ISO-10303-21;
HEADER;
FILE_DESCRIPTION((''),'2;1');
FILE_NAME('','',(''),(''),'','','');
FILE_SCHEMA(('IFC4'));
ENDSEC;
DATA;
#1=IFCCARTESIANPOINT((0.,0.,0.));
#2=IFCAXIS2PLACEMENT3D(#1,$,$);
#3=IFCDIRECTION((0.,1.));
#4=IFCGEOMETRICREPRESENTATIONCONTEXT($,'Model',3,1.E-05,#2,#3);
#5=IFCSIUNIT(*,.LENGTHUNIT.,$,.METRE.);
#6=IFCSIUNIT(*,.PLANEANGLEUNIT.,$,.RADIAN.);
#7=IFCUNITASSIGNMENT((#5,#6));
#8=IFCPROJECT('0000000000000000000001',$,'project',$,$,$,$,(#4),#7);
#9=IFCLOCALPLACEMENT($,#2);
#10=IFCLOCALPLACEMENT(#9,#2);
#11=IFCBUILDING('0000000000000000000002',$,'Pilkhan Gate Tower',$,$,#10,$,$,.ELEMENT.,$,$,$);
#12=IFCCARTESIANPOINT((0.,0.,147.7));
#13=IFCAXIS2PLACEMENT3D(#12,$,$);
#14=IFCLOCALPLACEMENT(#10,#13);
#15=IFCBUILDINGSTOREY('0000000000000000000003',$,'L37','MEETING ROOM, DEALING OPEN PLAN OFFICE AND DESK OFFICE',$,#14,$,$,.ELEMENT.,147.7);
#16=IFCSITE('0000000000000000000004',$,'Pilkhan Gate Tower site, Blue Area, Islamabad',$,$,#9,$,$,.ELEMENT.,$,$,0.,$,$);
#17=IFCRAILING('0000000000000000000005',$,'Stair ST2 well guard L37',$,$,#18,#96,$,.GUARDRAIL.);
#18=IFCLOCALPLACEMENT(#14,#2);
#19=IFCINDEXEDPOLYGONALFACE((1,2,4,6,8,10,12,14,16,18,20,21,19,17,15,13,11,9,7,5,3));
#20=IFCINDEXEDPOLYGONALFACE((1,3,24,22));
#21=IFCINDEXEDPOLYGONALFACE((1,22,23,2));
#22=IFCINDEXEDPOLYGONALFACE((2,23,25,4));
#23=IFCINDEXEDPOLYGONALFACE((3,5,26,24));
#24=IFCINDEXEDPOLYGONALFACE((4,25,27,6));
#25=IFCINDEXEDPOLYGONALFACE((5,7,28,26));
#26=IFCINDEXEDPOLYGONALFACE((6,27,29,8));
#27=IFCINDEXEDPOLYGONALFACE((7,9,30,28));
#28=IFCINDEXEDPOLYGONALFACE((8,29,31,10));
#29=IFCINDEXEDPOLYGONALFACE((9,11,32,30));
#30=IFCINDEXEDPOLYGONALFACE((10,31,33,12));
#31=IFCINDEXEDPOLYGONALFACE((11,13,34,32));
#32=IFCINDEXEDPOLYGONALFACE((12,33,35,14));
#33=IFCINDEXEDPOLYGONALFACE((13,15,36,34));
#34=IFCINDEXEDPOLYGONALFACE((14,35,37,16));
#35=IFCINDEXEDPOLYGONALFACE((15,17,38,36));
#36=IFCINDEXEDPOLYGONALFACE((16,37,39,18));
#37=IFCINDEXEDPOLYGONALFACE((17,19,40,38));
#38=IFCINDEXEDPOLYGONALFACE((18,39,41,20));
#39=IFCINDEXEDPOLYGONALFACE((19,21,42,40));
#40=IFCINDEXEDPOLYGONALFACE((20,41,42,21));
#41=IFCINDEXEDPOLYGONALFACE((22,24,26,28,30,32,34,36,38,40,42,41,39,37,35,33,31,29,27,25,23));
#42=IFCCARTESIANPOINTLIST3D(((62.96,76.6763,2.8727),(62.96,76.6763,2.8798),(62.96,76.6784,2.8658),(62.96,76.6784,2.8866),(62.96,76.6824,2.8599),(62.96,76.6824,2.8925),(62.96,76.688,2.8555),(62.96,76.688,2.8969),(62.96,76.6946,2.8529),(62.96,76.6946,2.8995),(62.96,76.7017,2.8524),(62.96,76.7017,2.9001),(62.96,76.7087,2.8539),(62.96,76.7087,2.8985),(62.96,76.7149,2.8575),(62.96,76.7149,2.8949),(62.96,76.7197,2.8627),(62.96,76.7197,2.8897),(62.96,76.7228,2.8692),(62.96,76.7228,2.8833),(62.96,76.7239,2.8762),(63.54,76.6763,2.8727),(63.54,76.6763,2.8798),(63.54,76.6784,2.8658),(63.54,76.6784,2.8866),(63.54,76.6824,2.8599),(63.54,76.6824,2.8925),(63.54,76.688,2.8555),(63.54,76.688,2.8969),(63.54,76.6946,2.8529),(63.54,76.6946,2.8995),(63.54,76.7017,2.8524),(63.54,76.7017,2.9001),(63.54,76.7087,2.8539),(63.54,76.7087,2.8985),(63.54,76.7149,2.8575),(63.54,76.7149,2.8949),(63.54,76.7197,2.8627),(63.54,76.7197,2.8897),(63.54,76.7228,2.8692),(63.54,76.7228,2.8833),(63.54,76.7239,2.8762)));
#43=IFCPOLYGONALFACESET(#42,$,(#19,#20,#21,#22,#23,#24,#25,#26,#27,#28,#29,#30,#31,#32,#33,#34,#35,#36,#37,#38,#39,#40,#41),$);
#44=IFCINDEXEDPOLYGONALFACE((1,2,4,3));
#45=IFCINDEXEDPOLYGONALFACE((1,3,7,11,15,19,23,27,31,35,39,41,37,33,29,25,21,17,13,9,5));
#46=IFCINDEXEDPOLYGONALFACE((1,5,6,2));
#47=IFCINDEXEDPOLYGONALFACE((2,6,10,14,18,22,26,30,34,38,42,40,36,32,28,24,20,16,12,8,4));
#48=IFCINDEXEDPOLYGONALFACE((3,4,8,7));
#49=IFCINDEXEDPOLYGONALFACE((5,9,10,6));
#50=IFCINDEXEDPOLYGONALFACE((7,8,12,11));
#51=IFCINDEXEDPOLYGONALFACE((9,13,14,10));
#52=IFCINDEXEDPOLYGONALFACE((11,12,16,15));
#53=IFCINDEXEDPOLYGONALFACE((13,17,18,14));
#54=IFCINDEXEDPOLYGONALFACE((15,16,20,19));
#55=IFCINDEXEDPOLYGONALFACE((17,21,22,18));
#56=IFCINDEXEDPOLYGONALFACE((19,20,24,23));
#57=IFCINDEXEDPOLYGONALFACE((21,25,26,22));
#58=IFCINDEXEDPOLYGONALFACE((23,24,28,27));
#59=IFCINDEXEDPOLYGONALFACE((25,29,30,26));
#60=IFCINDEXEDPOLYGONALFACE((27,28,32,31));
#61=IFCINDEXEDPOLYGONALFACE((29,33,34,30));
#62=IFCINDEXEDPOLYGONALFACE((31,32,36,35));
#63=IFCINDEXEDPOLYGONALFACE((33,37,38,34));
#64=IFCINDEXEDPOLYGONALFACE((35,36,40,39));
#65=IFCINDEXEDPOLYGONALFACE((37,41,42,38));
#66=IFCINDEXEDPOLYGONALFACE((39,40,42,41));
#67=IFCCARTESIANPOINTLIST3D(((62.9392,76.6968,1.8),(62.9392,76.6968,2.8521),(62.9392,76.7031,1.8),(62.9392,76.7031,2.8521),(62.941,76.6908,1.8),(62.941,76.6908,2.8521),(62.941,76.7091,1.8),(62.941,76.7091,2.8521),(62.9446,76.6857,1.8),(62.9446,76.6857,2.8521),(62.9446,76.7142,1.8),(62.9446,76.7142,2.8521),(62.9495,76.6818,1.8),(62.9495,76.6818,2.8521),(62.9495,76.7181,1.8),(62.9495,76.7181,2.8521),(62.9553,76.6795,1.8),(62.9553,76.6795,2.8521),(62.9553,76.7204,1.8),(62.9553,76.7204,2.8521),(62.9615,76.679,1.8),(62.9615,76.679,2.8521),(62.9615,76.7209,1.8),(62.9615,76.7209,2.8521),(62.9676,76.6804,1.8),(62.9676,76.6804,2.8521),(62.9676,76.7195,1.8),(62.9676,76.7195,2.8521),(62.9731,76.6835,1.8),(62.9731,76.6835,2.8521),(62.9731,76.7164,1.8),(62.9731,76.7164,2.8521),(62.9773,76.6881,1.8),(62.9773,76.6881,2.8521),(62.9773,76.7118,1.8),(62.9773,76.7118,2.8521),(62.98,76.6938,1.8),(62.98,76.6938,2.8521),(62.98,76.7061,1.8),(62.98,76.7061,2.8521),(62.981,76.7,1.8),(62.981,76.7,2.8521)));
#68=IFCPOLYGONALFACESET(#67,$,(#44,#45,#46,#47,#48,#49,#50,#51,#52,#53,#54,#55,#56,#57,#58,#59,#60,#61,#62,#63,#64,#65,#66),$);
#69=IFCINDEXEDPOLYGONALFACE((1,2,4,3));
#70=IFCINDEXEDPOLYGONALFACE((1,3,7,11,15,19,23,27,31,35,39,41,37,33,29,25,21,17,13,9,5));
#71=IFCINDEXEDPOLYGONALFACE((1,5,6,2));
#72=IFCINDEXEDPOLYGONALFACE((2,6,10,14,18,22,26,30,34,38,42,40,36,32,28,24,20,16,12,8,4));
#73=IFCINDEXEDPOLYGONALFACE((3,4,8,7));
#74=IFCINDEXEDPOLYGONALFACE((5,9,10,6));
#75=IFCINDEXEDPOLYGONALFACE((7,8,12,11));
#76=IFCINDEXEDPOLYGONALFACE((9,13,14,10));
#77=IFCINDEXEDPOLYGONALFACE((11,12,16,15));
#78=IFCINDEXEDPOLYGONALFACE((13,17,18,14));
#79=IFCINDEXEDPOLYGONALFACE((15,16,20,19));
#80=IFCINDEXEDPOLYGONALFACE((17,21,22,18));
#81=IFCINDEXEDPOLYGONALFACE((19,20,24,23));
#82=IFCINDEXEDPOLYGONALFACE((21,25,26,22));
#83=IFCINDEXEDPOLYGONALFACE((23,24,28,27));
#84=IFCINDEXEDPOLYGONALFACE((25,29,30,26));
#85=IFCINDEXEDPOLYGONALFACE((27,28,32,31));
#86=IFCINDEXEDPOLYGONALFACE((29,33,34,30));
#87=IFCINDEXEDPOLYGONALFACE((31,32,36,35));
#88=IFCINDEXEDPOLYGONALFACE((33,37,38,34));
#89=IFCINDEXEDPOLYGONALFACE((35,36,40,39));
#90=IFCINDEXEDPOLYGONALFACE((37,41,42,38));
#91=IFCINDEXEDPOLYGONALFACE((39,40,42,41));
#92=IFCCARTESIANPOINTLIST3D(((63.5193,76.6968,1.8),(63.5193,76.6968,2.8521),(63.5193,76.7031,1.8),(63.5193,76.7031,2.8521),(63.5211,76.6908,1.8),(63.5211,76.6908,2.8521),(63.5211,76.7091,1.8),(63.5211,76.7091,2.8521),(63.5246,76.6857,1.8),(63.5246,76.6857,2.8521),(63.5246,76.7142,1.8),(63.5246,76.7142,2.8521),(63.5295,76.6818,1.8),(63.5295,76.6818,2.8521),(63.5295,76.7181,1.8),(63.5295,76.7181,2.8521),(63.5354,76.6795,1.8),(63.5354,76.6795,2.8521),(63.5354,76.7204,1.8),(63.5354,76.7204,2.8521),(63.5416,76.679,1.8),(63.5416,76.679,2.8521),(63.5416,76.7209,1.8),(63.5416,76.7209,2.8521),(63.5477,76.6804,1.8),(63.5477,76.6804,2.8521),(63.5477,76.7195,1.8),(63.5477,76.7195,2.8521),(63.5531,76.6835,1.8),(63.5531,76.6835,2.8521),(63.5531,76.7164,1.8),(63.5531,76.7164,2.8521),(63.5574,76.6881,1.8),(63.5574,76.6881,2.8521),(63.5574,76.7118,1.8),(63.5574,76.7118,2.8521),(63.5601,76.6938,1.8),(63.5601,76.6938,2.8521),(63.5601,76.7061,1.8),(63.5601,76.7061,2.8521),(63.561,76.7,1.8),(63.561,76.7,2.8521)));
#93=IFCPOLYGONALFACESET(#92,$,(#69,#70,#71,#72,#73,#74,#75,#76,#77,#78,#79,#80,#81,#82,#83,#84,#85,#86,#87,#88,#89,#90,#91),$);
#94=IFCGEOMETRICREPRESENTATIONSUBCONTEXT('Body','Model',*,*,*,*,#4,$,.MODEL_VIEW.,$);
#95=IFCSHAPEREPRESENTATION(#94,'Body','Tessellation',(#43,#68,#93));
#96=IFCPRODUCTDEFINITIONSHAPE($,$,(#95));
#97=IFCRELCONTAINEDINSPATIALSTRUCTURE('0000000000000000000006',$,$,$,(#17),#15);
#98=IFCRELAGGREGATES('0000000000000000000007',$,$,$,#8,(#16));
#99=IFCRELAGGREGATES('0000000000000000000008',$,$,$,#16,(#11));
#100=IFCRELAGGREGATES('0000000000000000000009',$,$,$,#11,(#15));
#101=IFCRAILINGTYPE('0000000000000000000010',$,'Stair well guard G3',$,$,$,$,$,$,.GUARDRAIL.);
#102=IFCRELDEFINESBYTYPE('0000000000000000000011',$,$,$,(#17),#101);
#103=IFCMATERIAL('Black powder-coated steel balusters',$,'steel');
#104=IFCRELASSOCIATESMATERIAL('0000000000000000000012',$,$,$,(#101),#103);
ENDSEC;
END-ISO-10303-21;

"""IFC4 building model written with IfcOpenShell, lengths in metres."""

from ifc_helpers import new_model, si_unit, direction, frame, origin, origin_2d, place, context, subcontext, project, spatial, circle, extrude, material, type_object, element, save


model = new_model("IFC4")

# Units and contexts
model_context = context("Model", 3, precision=1e-05, world=origin(), true_north=direction((0.0, 1.0)))
body_context = subcontext(model_context, "Body", "Model", "MODEL_VIEW")
ifc_project = project(units=[si_unit("LENGTHUNIT", "METRE"), si_unit("PLANEANGLEUNIT", "RADIAN")], contexts=[model_context])

# Site, building, storey
site_placement = place(None, origin())
site = spatial("IfcSite", under=ifc_project, at=site_placement, Name="Pilkhan Gate Tower site, Blue Area, Islamabad", CompositionType="ELEMENT", RefElevation=0.0)
building_placement = place(site_placement, origin())
building = spatial("IfcBuilding", under=site, at=building_placement, Name="Pilkhan Gate Tower", CompositionType="ELEMENT")
storey_placement = place(building_placement, frame((0.0, 0.0, 147.7)))
storey = spatial("IfcBuildingStorey", under=building, at=storey_placement, Name="L37", Description="MEETING ROOM, DEALING OPEN PLAN OFFICE AND DESK OFFICE", CompositionType="ELEMENT", Elevation=147.7)

# Railing
ifc_material_1 = material(Name="Black powder-coated steel balusters", Category="steel")
railing_type_1 = type_object("IfcRailingType", Name="Stair well guard G3", PredefinedType="GUARDRAIL", material=ifc_material_1)
for number, where, name in (
    (1, (62.96, 76.7, 1.8), "Stair ST2 well guard L37"),
):
    element("IfcRailing", number, at=place(storey_placement, frame(where)), inside=storey, type_object=railing_type_1, Name=name, PredefinedType="GUARDRAIL", context=body_context, shape_type="SweptSolid", body=[
        extrude(circle(Radius=0.0239, at=origin_2d()), frame((0.0, 0.0, 1.0762), z_axis=(1.0, 0.0, 0.0), x_axis=(0.0, 1.0, 0.0)), (0.0, 0.0, 1.0), 0.5801),
        extrude(circle(Radius=0.021, at=origin_2d()), origin(), (0.0, 0.0, 1.0), 1.052),
        extrude(circle(Radius=0.021, at=origin_2d()), frame((0.5801, 0.0, 0.0)), (0.0, 0.0, 1.0), 1.052),
    ])

save(model, "model.ifc")
